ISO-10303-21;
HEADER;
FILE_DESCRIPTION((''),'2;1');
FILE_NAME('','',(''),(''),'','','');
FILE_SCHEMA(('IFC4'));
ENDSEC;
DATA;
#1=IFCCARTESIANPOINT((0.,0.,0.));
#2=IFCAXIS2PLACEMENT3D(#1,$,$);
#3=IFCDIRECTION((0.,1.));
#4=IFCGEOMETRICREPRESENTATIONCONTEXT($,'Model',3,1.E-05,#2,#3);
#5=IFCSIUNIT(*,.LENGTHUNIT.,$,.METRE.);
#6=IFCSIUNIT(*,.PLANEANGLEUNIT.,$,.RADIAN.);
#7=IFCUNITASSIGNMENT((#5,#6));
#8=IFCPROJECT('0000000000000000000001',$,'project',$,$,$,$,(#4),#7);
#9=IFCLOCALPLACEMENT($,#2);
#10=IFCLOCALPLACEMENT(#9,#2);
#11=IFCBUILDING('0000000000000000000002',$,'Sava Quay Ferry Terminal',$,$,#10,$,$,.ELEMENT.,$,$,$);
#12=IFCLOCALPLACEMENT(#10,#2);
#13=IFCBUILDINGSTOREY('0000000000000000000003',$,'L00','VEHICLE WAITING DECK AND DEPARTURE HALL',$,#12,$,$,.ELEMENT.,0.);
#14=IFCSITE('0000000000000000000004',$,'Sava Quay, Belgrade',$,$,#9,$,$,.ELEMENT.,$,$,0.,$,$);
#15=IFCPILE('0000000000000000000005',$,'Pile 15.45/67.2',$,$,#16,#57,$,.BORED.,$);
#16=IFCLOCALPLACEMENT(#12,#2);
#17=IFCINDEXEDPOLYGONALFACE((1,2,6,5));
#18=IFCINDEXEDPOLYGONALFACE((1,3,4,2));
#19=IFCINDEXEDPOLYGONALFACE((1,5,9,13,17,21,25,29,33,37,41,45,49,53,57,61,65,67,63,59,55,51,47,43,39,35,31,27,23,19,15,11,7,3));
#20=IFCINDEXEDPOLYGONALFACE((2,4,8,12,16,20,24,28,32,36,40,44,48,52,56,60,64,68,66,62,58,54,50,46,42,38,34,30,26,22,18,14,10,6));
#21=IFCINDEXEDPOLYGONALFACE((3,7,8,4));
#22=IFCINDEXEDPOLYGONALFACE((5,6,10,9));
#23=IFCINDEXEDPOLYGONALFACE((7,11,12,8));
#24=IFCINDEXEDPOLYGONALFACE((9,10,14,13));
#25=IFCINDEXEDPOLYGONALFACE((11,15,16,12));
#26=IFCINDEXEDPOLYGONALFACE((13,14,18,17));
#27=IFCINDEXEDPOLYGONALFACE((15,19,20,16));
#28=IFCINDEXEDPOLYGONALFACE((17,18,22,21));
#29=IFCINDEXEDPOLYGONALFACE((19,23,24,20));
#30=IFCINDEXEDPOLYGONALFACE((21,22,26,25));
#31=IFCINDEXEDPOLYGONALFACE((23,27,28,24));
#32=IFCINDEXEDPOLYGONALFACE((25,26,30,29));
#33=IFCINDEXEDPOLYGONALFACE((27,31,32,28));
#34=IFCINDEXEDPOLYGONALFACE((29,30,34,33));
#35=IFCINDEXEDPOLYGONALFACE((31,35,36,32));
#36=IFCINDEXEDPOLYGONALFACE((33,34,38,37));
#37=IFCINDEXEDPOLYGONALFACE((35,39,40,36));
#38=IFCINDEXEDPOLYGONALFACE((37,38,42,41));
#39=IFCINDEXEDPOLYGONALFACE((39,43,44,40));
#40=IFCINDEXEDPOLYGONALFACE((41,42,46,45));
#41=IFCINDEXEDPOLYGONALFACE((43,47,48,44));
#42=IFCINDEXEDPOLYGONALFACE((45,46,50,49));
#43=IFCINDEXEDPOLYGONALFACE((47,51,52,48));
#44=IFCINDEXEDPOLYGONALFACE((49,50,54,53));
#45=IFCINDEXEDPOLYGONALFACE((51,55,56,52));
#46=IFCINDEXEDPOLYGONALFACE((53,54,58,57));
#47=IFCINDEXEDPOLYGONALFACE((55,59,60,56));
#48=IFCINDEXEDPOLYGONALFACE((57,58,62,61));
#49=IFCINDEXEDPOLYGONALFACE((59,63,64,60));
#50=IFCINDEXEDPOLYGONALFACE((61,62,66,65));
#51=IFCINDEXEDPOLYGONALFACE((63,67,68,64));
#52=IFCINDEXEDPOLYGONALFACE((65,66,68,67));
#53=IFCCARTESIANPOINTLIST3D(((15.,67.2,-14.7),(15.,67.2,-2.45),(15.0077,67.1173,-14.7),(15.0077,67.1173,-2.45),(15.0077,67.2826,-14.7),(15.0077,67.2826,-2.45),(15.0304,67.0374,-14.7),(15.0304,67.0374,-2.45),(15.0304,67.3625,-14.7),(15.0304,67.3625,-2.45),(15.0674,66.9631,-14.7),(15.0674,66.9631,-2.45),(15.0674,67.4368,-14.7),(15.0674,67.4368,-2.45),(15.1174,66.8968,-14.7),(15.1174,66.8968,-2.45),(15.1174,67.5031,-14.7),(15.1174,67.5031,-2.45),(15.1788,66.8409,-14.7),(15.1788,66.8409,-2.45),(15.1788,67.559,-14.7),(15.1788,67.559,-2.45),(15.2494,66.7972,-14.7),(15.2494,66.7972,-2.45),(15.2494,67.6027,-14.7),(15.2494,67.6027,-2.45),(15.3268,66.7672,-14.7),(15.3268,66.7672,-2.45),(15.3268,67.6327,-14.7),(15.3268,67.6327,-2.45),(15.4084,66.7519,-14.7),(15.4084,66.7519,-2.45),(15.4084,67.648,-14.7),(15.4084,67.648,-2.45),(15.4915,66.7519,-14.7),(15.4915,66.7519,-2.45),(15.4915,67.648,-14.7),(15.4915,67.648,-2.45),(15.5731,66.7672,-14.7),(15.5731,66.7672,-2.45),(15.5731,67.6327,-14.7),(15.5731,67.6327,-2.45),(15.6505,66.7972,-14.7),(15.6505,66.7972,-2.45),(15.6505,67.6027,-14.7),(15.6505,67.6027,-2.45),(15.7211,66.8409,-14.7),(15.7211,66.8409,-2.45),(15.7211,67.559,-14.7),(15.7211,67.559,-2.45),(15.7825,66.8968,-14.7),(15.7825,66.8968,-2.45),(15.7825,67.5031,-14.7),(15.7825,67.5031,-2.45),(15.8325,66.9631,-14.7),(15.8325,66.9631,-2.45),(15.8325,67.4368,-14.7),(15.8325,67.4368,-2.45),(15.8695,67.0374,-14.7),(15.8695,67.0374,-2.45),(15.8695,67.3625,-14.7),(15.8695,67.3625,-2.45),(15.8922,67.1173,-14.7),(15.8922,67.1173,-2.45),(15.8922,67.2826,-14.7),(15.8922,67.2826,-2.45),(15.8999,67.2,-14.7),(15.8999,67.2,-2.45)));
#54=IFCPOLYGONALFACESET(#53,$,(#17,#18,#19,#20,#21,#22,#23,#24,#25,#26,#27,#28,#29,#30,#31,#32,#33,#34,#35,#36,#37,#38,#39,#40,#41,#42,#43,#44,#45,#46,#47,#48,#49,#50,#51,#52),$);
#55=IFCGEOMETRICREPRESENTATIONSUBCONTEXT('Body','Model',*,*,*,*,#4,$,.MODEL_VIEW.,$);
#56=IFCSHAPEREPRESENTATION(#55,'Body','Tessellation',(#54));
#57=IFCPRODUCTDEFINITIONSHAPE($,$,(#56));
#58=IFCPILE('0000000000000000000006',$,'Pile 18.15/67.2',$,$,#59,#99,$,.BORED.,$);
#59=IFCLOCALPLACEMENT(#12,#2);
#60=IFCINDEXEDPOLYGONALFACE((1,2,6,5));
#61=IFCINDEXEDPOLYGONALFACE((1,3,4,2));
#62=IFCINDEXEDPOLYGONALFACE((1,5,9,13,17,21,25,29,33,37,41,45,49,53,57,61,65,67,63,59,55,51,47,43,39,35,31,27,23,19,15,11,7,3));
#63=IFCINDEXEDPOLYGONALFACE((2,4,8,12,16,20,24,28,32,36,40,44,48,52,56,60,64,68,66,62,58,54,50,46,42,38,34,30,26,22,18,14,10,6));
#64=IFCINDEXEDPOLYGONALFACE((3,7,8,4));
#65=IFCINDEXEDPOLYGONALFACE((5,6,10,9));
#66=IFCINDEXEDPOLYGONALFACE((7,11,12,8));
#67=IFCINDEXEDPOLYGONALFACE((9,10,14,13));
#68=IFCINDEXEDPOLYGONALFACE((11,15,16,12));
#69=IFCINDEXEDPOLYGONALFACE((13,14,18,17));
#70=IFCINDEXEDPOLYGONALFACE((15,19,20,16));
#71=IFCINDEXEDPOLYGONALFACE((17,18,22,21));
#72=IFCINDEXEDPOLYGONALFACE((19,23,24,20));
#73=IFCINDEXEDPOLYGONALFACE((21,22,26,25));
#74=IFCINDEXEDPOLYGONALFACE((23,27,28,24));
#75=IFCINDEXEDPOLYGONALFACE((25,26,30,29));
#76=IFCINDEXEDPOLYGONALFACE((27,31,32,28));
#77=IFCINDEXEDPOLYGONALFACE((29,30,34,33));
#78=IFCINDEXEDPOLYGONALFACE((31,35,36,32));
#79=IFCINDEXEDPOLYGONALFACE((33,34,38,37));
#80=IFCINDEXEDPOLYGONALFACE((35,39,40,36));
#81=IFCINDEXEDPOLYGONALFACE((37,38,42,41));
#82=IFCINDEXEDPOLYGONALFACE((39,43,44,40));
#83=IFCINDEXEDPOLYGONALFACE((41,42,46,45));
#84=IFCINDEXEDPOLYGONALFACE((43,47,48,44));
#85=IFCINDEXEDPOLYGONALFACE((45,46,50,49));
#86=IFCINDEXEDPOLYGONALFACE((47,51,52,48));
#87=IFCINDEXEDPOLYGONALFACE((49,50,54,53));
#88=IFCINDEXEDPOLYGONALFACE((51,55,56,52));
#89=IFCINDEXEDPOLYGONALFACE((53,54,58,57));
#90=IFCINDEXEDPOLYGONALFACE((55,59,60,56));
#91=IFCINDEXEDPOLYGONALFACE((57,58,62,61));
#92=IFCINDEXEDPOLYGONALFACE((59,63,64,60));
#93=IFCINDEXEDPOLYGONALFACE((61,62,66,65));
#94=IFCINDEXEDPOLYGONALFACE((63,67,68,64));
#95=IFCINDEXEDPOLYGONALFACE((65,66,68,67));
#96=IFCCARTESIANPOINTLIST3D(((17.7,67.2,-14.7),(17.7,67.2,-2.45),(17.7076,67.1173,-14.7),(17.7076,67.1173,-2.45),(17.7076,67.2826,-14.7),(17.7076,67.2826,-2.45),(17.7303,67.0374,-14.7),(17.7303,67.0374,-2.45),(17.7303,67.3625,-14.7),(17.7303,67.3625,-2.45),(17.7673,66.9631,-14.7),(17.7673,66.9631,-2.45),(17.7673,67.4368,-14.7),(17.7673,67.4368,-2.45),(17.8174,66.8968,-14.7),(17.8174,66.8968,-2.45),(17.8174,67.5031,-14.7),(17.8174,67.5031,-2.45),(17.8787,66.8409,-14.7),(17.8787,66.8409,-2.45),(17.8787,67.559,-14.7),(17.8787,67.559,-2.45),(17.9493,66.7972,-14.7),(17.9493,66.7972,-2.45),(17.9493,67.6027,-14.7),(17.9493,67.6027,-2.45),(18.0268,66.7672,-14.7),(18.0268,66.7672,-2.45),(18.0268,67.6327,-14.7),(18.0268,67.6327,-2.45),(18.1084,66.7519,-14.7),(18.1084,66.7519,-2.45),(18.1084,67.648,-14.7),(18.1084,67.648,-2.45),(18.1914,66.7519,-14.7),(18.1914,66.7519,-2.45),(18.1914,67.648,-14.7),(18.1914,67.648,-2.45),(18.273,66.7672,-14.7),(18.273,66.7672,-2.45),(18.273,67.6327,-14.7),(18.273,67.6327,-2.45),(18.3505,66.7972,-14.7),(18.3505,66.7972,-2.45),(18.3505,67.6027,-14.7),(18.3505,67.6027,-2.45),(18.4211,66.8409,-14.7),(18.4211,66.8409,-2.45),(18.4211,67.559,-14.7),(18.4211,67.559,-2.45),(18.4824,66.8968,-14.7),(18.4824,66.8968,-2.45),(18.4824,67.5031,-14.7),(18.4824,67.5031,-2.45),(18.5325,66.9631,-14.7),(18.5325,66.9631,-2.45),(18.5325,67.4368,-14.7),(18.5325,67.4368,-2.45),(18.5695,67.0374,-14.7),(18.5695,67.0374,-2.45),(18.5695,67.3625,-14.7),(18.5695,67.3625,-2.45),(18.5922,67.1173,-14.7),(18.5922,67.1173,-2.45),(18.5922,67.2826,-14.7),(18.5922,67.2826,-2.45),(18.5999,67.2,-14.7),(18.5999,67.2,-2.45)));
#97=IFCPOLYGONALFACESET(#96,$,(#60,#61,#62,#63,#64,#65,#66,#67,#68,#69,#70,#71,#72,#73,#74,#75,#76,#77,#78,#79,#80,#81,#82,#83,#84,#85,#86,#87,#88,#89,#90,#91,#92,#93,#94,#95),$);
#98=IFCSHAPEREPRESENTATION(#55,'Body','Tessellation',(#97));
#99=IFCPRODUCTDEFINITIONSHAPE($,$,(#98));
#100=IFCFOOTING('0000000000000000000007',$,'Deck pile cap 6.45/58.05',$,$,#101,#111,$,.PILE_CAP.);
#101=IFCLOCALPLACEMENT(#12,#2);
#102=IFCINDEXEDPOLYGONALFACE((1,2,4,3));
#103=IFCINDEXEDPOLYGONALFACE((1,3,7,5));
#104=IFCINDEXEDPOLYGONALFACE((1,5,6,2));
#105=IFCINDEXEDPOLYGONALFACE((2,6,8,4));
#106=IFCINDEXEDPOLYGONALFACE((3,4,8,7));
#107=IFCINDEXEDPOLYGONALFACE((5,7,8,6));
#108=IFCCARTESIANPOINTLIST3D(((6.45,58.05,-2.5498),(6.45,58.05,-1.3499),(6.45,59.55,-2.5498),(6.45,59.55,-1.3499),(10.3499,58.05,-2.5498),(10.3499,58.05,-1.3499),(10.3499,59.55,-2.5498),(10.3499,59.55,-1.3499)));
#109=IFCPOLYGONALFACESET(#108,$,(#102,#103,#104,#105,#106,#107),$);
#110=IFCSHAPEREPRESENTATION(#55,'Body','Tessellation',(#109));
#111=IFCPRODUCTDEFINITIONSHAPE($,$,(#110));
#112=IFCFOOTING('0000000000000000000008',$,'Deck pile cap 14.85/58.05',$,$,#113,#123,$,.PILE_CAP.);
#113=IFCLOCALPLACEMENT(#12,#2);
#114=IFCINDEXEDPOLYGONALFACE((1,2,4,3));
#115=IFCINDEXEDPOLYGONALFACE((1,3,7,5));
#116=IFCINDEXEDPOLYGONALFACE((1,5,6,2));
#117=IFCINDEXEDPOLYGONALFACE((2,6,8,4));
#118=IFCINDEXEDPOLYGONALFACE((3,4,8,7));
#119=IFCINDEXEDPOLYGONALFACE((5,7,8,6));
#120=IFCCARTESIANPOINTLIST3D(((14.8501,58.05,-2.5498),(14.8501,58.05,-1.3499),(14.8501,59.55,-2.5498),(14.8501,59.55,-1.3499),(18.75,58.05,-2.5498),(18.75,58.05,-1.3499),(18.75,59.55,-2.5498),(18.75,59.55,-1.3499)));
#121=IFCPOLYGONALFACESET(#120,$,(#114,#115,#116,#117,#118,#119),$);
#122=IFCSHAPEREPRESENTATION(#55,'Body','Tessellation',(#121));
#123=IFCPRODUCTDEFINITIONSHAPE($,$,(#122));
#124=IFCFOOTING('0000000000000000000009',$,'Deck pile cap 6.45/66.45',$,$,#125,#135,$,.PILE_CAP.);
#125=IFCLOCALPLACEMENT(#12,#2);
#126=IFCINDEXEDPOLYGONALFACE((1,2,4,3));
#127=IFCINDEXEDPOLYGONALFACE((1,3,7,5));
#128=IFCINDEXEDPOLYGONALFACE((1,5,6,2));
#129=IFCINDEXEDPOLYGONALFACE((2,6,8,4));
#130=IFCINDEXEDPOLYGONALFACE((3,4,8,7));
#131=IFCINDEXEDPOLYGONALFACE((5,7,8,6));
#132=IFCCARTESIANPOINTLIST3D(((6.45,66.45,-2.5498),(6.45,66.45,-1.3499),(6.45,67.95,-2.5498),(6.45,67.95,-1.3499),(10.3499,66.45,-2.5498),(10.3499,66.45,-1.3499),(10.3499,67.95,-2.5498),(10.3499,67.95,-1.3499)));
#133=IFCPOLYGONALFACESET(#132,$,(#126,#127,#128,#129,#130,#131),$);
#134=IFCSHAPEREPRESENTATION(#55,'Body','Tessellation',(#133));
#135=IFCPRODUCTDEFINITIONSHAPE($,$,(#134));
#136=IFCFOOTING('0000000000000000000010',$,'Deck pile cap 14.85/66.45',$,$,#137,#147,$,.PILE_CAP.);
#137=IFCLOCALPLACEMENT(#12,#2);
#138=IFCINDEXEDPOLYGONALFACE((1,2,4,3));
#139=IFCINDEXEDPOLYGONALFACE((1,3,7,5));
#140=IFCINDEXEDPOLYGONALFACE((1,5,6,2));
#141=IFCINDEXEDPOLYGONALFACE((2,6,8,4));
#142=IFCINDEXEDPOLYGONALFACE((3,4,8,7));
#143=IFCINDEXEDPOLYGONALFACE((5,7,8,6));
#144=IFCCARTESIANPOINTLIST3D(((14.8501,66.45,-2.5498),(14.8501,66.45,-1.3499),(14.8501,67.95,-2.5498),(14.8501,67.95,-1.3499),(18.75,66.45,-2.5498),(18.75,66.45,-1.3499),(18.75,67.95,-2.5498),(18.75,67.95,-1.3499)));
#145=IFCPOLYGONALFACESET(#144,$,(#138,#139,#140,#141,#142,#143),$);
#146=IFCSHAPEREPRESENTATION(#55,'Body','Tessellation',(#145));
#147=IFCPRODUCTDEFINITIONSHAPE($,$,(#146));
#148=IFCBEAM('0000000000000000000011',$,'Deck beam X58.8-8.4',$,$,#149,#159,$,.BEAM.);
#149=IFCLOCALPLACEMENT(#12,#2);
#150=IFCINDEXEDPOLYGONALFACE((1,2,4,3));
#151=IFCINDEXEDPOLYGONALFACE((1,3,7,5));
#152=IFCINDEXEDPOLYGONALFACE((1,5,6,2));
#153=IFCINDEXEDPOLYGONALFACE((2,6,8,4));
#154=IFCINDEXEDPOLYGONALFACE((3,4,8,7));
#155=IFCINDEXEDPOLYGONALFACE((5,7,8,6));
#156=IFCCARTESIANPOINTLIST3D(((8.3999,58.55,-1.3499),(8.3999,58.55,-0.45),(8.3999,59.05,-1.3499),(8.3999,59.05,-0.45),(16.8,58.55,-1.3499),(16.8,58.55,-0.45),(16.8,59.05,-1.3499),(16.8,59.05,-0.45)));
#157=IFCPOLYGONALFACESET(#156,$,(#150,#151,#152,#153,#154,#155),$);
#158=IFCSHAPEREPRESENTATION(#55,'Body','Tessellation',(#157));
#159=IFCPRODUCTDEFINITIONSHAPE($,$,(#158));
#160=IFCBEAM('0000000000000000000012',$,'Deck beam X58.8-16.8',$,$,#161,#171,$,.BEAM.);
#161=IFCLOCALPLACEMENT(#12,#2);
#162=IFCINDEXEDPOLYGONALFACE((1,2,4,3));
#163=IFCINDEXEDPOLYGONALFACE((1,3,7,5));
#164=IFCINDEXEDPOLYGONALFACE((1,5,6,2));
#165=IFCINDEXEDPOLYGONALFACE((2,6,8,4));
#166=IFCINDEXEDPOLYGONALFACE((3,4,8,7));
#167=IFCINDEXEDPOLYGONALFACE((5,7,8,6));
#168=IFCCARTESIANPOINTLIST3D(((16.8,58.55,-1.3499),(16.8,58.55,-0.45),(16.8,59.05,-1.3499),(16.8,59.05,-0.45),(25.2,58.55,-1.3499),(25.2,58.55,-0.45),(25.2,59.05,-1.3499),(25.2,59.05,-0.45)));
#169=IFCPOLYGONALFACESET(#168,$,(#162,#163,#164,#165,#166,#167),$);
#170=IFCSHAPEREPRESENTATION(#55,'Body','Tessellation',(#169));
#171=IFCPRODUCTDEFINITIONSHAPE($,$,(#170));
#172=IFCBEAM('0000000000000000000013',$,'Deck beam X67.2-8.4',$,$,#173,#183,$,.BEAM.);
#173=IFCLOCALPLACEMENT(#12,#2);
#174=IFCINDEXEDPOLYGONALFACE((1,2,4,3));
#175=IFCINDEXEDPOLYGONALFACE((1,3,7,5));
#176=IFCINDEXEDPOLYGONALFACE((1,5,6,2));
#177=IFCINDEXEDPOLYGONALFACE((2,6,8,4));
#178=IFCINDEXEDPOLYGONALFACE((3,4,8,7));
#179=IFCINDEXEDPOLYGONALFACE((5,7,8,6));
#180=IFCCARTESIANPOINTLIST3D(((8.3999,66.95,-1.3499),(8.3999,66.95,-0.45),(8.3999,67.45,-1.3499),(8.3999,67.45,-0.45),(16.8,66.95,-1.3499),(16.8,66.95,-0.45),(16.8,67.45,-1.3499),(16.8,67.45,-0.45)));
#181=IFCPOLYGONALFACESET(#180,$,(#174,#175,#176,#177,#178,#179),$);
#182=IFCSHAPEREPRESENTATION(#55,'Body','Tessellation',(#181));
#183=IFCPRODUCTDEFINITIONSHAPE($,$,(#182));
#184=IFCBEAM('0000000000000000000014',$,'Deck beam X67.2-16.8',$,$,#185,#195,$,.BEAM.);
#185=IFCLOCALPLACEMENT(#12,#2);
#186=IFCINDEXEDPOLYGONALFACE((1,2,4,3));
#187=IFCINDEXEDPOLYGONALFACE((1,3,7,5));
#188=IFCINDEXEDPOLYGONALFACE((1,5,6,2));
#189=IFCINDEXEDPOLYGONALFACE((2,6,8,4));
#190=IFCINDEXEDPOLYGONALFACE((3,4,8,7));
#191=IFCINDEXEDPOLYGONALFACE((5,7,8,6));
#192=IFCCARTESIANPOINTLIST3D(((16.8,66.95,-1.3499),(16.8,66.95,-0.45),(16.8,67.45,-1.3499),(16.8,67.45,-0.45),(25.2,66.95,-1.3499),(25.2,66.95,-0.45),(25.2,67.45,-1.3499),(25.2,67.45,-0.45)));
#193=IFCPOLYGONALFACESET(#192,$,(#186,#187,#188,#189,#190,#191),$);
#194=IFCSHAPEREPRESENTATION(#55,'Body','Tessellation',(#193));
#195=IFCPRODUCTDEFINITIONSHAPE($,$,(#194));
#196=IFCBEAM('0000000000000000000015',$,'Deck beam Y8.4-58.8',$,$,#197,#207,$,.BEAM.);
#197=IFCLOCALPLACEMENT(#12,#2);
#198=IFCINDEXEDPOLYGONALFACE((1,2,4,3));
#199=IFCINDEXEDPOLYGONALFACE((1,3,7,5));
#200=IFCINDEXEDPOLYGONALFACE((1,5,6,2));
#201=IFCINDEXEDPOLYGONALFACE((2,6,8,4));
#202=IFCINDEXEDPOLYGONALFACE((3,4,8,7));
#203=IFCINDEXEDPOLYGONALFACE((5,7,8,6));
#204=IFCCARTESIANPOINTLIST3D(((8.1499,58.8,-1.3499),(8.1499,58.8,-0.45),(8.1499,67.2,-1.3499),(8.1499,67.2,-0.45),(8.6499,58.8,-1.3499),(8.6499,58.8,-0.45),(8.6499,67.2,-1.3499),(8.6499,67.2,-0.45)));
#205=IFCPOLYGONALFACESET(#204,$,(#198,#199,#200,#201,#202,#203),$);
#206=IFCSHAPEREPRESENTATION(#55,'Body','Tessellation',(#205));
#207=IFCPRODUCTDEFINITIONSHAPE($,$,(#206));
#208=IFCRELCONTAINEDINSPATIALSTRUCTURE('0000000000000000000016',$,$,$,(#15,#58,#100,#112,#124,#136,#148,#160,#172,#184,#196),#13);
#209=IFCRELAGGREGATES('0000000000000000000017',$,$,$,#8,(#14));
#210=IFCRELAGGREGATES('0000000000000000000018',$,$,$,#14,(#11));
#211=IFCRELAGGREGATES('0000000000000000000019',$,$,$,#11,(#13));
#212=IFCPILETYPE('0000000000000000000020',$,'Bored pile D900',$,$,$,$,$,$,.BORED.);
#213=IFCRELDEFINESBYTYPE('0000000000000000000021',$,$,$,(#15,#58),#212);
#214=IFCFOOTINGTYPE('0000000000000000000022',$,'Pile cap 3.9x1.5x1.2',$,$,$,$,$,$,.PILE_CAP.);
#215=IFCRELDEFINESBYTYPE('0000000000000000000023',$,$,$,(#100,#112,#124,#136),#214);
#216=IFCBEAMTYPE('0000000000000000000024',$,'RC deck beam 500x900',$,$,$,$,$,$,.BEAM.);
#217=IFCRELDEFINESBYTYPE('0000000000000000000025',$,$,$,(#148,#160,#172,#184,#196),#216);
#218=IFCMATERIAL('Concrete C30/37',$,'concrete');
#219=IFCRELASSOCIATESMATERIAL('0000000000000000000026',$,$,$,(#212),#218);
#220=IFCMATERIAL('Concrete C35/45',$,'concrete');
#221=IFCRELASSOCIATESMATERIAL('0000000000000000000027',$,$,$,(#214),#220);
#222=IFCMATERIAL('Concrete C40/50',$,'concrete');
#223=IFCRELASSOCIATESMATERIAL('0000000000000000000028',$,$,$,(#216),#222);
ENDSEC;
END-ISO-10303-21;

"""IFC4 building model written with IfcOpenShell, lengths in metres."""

from ifc_helpers import new_model, si_unit, direction, frame, origin, origin_2d, place, context, subcontext, project, spatial, rectangle, circle, extrude, material, material_profile, profile_set, type_object, element, save


model = new_model("IFC4")

# Units and contexts
model_context = context("Model", 3, precision=1e-05, world=origin(), true_north=direction((0.0, 1.0)))
body_context = subcontext(model_context, "Body", "Model", "MODEL_VIEW")
ifc_project = project(units=[si_unit("LENGTHUNIT", "METRE"), si_unit("PLANEANGLEUNIT", "RADIAN")], contexts=[model_context])

# Site, building, storey
site_placement = place(None, origin())
site = spatial("IfcSite", under=ifc_project, at=site_placement, Name="Sava Quay, Belgrade", CompositionType="ELEMENT", RefElevation=0.0)
building_placement = place(site_placement, origin())
building = spatial("IfcBuilding", under=site, at=building_placement, Name="Sava Quay Ferry Terminal", CompositionType="ELEMENT")
storey_placement = place(building_placement, origin())
storey = spatial("IfcBuildingStorey", under=building, at=storey_placement, Name="L00", Description="VEHICLE WAITING DECK AND DEPARTURE HALL", CompositionType="ELEMENT", Elevation=0.0)

# Piles
ifc_material_1 = material(Name="Concrete C30/37", Category="concrete")
ifc_material_profile_1 = material_profile(ifc_material_1, circle(Radius=0.45, at=origin_2d()), Name="Bored pile D900")
ifc_profile_set_1 = profile_set([ifc_material_profile_1], Name="Concrete C30/37")
pile_type = type_object("IfcPileType", Name="Bored pile D900", PredefinedType="BORED", material=ifc_profile_set_1)
for number, where, z_axis, x_axis, name in (
    (1, (15.45, 67.2, -2.45), (0.0, 0.0, -1.0), (1.0, 0.0, 0.0), "Pile 15.45/67.2"),
    (2, (18.1499, 67.2, -2.45), (0.0, 0.0, -1.0), (1.0, 0.0, 0.0), "Pile 18.15/67.2"),
):
    element("IfcPile", number, at=place(storey_placement, frame(where, z_axis=z_axis, x_axis=x_axis)), inside=storey, type_object=pile_type, Name=name, PredefinedType="BORED", context=body_context, shape_type="SweptSolid", body=[
        extrude(circle(Radius=0.45, at=origin_2d()), origin(), (0.0, 0.0, 1.0), 12.25),
    ])

# Footings
ifc_material_2 = material(Name="Concrete C35/45", Category="concrete")
footing_type = type_object("IfcFootingType", Name="Pile cap 3.9x1.5x1.2", PredefinedType="PILE_CAP", material=ifc_material_2)
for number, where, z_axis, x_axis, name in (
    (3, (8.3999, 58.8, -2.5498), (0.0, 0.0, 1.0), (1.0, 0.0, 0.0), "Deck pile cap 6.45/58.05"),
    (4, (16.8, 58.8, -2.5498), (0.0, 0.0, 1.0), (1.0, 0.0, 0.0), "Deck pile cap 14.85/58.05"),
    (5, (8.3999, 67.2, -2.5498), (0.0, 0.0, 1.0), (1.0, 0.0, 0.0), "Deck pile cap 6.45/66.45"),
    (6, (16.8, 67.2, -2.5498), (0.0, 0.0, 1.0), (1.0, 0.0, 0.0), "Deck pile cap 14.85/66.45"),
):
    element("IfcFooting", number, at=place(storey_placement, frame(where, z_axis=z_axis, x_axis=x_axis)), inside=storey, type_object=footing_type, Name=name, PredefinedType="PILE_CAP", context=body_context, shape_type="SweptSolid", body=[
        extrude(rectangle(XDim=3.8999, YDim=1.5, at=origin_2d()), origin(), (0.0, 0.0, 1.0), 1.2),
    ])

# Beams
ifc_material_3 = material(Name="Concrete C40/50", Category="concrete")
ifc_material_profile_2 = material_profile(ifc_material_3, rectangle(XDim=0.5, YDim=0.8999, at=origin_2d()), Name="RC 500x900")
ifc_profile_set_2 = profile_set([ifc_material_profile_2], Name="Concrete C40/50")
beam_type = type_object("IfcBeamType", Name="RC deck beam 500x900", PredefinedType="BEAM", material=ifc_profile_set_2)
beam_1_placement = place(storey_placement, frame((8.3999, 58.8, -0.8999), z_axis=(1.0, 0.0, 0.0), x_axis=(0.0, 1.0, 0.0)))
element("IfcBeam", 7, at=beam_1_placement, inside=storey, type_object=beam_type, Name="Deck beam X58.8-8.4", PredefinedType="BEAM", context=body_context, shape_type="SweptSolid", body=[
    extrude(rectangle(XDim=0.5, YDim=0.8999, at=origin_2d()), origin(), (0.0, 0.0, 1.0), 8.4001),
])
beam_2_placement = place(storey_placement, frame((16.8, 58.8, -0.8999), z_axis=(1.0, 0.0, 0.0), x_axis=(0.0, 1.0, 0.0)))
element("IfcBeam", 8, at=beam_2_placement, inside=storey, type_object=beam_type, Name="Deck beam X58.8-16.8", PredefinedType="BEAM", context=body_context, shape_type="SweptSolid", body=[
    extrude(rectangle(XDim=0.5, YDim=0.8999, at=origin_2d()), origin(), (0.0, 0.0, 1.0), 8.3999),
])
beam_3_placement = place(storey_placement, frame((8.3999, 67.2, -0.8999), z_axis=(1.0, 0.0, 0.0), x_axis=(0.0, 1.0, 0.0)))
element("IfcBeam", 9, at=beam_3_placement, inside=storey, type_object=beam_type, Name="Deck beam X67.2-8.4", PredefinedType="BEAM", context=body_context, shape_type="SweptSolid", body=[
    extrude(rectangle(XDim=0.5, YDim=0.8999, at=origin_2d()), origin(), (0.0, 0.0, 1.0), 8.4001),
])
for number, where, z_axis, x_axis, name in (
    (10, (16.8, 67.2, -0.8999), (1.0, 0.0, 0.0), (0.0, 1.0, 0.0), "Deck beam X67.2-16.8"),
    (11, (8.3999, 58.8, -0.8999), (0.0, 1.0, 0.0), (-1.0, 0.0, 0.0), "Deck beam Y8.4-58.8"),
):
    element("IfcBeam", number, at=place(storey_placement, frame(where, z_axis=z_axis, x_axis=x_axis)), inside=storey, type_object=beam_type, Name=name, PredefinedType="BEAM", context=body_context, shape_type="SweptSolid", body=[
        extrude(rectangle(XDim=0.5, YDim=0.8999, at=origin_2d()), origin(), (0.0, 0.0, 1.0), 8.3999),
    ])

save(model, "model.ifc")
